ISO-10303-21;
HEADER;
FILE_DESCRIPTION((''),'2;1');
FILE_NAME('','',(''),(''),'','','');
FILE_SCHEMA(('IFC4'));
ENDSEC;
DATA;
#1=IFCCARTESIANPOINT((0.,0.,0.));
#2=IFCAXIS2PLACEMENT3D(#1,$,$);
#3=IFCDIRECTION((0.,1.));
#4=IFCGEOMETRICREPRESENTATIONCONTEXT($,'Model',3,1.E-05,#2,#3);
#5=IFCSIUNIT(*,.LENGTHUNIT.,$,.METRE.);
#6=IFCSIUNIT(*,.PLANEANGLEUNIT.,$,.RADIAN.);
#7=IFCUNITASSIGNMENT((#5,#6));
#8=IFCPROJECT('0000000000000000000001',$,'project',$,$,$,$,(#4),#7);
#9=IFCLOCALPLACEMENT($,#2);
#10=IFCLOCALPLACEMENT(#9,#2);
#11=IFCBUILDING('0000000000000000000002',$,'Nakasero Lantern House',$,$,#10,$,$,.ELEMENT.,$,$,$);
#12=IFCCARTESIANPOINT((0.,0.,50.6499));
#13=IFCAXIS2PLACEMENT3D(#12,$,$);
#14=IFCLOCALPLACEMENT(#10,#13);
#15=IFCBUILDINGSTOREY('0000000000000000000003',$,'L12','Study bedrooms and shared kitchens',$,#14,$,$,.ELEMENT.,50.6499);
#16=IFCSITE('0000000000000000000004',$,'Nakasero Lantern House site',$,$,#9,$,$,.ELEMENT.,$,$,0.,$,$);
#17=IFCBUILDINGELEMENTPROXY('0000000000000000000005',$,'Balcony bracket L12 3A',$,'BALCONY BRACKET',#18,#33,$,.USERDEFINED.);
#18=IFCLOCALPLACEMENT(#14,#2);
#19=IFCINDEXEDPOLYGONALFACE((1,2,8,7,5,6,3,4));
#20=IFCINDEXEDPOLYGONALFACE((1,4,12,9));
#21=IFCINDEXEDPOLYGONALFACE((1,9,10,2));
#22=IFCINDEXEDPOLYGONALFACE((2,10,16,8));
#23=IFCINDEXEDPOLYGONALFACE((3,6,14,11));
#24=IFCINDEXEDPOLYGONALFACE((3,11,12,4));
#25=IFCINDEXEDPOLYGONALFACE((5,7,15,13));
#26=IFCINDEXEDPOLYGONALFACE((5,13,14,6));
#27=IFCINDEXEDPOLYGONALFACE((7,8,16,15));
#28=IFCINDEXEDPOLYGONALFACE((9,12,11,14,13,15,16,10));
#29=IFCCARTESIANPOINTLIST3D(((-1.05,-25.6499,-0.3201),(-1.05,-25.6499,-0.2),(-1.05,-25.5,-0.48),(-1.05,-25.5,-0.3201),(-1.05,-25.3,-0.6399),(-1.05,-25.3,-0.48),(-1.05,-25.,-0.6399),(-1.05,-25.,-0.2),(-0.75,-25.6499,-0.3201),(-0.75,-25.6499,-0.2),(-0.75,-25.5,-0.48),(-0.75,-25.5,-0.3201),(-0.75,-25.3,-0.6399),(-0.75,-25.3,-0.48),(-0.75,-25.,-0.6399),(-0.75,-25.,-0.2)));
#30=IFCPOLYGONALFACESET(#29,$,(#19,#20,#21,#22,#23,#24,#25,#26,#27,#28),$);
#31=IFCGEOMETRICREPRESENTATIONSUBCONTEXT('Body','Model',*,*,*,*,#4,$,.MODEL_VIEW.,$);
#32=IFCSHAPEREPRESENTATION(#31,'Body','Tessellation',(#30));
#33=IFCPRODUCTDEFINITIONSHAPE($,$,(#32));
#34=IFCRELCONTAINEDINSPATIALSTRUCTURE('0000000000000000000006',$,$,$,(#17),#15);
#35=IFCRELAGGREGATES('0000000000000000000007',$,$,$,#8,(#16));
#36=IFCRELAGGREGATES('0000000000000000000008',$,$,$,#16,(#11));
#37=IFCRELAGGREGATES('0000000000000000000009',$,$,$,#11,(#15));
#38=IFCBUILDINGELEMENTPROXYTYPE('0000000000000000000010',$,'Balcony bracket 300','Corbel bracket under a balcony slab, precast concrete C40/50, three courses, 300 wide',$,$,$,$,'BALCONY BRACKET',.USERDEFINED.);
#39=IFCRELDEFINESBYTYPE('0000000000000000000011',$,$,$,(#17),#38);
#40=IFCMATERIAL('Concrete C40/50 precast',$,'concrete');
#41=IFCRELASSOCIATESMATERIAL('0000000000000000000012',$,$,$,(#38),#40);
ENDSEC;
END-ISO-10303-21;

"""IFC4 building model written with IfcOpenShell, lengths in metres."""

from ifc_helpers import new_model, si_unit, direction, frame, origin, place, context, subcontext, project, spatial, polyline, outline, extrude, material, type_object, element, save


model = new_model("IFC4")

# Units and contexts
model_context = context("Model", 3, precision=1e-05, world=origin(), true_north=direction((0.0, 1.0)))
body_context = subcontext(model_context, "Body", "Model", "MODEL_VIEW")
ifc_project = project(units=[si_unit("LENGTHUNIT", "METRE"), si_unit("PLANEANGLEUNIT", "RADIAN")], contexts=[model_context])

# Site, building, storey
site_placement = place(None, origin())
site = spatial("IfcSite", under=ifc_project, at=site_placement, Name="Nakasero Lantern House site", CompositionType="ELEMENT", RefElevation=0.0)
building_placement = place(site_placement, origin())
building = spatial("IfcBuilding", under=site, at=building_placement, Name="Nakasero Lantern House", CompositionType="ELEMENT")
storey_placement = place(building_placement, frame((0.0, 0.0, 50.6499)))
storey = spatial("IfcBuildingStorey", under=building, at=storey_placement, Name="L12", Description="Study bedrooms and shared kitchens", CompositionType="ELEMENT", Elevation=50.6499)

# Building element proxy
ifc_material_1 = material(Name="Concrete C40/50 precast", Category="concrete")
building_element_proxy_type = type_object("IfcBuildingElementProxyType", Name="Balcony bracket 300", Description="Corbel bracket under a balcony slab, precast concrete C40/50, three courses, 300 wide", ElementType="BALCONY BRACKET", PredefinedType="USERDEFINED", material=ifc_material_1)
proxy_placement = place(storey_placement, frame((-0.8999, -25.0, -0.2), z_axis=(0.0, 0.0, 1.0), x_axis=(0.0, -1.0, 0.0)))
element("IfcBuildingElementProxy", 1, at=proxy_placement, inside=storey, type_object=building_element_proxy_type, Name="Balcony bracket L12 3A", ObjectType="BALCONY BRACKET", PredefinedType="USERDEFINED", context=body_context, shape_type="SweptSolid", body=[
    extrude(outline(polyline([(0.0, 0.0), (0.6499, 0.0), (0.6499, -0.1201), (0.5, -0.1201), (0.5, -0.28), (0.3, -0.28), (0.3, -0.4399), (0.0, -0.4399), (0.0, 0.0)])), frame((0.0, 0.1499, 0.0), z_axis=(0.0, -1.0, 0.0), x_axis=(1.0, 0.0, 0.0)), (0.0, 0.0, 1.0), 0.3),
])

save(model, "model.ifc")
